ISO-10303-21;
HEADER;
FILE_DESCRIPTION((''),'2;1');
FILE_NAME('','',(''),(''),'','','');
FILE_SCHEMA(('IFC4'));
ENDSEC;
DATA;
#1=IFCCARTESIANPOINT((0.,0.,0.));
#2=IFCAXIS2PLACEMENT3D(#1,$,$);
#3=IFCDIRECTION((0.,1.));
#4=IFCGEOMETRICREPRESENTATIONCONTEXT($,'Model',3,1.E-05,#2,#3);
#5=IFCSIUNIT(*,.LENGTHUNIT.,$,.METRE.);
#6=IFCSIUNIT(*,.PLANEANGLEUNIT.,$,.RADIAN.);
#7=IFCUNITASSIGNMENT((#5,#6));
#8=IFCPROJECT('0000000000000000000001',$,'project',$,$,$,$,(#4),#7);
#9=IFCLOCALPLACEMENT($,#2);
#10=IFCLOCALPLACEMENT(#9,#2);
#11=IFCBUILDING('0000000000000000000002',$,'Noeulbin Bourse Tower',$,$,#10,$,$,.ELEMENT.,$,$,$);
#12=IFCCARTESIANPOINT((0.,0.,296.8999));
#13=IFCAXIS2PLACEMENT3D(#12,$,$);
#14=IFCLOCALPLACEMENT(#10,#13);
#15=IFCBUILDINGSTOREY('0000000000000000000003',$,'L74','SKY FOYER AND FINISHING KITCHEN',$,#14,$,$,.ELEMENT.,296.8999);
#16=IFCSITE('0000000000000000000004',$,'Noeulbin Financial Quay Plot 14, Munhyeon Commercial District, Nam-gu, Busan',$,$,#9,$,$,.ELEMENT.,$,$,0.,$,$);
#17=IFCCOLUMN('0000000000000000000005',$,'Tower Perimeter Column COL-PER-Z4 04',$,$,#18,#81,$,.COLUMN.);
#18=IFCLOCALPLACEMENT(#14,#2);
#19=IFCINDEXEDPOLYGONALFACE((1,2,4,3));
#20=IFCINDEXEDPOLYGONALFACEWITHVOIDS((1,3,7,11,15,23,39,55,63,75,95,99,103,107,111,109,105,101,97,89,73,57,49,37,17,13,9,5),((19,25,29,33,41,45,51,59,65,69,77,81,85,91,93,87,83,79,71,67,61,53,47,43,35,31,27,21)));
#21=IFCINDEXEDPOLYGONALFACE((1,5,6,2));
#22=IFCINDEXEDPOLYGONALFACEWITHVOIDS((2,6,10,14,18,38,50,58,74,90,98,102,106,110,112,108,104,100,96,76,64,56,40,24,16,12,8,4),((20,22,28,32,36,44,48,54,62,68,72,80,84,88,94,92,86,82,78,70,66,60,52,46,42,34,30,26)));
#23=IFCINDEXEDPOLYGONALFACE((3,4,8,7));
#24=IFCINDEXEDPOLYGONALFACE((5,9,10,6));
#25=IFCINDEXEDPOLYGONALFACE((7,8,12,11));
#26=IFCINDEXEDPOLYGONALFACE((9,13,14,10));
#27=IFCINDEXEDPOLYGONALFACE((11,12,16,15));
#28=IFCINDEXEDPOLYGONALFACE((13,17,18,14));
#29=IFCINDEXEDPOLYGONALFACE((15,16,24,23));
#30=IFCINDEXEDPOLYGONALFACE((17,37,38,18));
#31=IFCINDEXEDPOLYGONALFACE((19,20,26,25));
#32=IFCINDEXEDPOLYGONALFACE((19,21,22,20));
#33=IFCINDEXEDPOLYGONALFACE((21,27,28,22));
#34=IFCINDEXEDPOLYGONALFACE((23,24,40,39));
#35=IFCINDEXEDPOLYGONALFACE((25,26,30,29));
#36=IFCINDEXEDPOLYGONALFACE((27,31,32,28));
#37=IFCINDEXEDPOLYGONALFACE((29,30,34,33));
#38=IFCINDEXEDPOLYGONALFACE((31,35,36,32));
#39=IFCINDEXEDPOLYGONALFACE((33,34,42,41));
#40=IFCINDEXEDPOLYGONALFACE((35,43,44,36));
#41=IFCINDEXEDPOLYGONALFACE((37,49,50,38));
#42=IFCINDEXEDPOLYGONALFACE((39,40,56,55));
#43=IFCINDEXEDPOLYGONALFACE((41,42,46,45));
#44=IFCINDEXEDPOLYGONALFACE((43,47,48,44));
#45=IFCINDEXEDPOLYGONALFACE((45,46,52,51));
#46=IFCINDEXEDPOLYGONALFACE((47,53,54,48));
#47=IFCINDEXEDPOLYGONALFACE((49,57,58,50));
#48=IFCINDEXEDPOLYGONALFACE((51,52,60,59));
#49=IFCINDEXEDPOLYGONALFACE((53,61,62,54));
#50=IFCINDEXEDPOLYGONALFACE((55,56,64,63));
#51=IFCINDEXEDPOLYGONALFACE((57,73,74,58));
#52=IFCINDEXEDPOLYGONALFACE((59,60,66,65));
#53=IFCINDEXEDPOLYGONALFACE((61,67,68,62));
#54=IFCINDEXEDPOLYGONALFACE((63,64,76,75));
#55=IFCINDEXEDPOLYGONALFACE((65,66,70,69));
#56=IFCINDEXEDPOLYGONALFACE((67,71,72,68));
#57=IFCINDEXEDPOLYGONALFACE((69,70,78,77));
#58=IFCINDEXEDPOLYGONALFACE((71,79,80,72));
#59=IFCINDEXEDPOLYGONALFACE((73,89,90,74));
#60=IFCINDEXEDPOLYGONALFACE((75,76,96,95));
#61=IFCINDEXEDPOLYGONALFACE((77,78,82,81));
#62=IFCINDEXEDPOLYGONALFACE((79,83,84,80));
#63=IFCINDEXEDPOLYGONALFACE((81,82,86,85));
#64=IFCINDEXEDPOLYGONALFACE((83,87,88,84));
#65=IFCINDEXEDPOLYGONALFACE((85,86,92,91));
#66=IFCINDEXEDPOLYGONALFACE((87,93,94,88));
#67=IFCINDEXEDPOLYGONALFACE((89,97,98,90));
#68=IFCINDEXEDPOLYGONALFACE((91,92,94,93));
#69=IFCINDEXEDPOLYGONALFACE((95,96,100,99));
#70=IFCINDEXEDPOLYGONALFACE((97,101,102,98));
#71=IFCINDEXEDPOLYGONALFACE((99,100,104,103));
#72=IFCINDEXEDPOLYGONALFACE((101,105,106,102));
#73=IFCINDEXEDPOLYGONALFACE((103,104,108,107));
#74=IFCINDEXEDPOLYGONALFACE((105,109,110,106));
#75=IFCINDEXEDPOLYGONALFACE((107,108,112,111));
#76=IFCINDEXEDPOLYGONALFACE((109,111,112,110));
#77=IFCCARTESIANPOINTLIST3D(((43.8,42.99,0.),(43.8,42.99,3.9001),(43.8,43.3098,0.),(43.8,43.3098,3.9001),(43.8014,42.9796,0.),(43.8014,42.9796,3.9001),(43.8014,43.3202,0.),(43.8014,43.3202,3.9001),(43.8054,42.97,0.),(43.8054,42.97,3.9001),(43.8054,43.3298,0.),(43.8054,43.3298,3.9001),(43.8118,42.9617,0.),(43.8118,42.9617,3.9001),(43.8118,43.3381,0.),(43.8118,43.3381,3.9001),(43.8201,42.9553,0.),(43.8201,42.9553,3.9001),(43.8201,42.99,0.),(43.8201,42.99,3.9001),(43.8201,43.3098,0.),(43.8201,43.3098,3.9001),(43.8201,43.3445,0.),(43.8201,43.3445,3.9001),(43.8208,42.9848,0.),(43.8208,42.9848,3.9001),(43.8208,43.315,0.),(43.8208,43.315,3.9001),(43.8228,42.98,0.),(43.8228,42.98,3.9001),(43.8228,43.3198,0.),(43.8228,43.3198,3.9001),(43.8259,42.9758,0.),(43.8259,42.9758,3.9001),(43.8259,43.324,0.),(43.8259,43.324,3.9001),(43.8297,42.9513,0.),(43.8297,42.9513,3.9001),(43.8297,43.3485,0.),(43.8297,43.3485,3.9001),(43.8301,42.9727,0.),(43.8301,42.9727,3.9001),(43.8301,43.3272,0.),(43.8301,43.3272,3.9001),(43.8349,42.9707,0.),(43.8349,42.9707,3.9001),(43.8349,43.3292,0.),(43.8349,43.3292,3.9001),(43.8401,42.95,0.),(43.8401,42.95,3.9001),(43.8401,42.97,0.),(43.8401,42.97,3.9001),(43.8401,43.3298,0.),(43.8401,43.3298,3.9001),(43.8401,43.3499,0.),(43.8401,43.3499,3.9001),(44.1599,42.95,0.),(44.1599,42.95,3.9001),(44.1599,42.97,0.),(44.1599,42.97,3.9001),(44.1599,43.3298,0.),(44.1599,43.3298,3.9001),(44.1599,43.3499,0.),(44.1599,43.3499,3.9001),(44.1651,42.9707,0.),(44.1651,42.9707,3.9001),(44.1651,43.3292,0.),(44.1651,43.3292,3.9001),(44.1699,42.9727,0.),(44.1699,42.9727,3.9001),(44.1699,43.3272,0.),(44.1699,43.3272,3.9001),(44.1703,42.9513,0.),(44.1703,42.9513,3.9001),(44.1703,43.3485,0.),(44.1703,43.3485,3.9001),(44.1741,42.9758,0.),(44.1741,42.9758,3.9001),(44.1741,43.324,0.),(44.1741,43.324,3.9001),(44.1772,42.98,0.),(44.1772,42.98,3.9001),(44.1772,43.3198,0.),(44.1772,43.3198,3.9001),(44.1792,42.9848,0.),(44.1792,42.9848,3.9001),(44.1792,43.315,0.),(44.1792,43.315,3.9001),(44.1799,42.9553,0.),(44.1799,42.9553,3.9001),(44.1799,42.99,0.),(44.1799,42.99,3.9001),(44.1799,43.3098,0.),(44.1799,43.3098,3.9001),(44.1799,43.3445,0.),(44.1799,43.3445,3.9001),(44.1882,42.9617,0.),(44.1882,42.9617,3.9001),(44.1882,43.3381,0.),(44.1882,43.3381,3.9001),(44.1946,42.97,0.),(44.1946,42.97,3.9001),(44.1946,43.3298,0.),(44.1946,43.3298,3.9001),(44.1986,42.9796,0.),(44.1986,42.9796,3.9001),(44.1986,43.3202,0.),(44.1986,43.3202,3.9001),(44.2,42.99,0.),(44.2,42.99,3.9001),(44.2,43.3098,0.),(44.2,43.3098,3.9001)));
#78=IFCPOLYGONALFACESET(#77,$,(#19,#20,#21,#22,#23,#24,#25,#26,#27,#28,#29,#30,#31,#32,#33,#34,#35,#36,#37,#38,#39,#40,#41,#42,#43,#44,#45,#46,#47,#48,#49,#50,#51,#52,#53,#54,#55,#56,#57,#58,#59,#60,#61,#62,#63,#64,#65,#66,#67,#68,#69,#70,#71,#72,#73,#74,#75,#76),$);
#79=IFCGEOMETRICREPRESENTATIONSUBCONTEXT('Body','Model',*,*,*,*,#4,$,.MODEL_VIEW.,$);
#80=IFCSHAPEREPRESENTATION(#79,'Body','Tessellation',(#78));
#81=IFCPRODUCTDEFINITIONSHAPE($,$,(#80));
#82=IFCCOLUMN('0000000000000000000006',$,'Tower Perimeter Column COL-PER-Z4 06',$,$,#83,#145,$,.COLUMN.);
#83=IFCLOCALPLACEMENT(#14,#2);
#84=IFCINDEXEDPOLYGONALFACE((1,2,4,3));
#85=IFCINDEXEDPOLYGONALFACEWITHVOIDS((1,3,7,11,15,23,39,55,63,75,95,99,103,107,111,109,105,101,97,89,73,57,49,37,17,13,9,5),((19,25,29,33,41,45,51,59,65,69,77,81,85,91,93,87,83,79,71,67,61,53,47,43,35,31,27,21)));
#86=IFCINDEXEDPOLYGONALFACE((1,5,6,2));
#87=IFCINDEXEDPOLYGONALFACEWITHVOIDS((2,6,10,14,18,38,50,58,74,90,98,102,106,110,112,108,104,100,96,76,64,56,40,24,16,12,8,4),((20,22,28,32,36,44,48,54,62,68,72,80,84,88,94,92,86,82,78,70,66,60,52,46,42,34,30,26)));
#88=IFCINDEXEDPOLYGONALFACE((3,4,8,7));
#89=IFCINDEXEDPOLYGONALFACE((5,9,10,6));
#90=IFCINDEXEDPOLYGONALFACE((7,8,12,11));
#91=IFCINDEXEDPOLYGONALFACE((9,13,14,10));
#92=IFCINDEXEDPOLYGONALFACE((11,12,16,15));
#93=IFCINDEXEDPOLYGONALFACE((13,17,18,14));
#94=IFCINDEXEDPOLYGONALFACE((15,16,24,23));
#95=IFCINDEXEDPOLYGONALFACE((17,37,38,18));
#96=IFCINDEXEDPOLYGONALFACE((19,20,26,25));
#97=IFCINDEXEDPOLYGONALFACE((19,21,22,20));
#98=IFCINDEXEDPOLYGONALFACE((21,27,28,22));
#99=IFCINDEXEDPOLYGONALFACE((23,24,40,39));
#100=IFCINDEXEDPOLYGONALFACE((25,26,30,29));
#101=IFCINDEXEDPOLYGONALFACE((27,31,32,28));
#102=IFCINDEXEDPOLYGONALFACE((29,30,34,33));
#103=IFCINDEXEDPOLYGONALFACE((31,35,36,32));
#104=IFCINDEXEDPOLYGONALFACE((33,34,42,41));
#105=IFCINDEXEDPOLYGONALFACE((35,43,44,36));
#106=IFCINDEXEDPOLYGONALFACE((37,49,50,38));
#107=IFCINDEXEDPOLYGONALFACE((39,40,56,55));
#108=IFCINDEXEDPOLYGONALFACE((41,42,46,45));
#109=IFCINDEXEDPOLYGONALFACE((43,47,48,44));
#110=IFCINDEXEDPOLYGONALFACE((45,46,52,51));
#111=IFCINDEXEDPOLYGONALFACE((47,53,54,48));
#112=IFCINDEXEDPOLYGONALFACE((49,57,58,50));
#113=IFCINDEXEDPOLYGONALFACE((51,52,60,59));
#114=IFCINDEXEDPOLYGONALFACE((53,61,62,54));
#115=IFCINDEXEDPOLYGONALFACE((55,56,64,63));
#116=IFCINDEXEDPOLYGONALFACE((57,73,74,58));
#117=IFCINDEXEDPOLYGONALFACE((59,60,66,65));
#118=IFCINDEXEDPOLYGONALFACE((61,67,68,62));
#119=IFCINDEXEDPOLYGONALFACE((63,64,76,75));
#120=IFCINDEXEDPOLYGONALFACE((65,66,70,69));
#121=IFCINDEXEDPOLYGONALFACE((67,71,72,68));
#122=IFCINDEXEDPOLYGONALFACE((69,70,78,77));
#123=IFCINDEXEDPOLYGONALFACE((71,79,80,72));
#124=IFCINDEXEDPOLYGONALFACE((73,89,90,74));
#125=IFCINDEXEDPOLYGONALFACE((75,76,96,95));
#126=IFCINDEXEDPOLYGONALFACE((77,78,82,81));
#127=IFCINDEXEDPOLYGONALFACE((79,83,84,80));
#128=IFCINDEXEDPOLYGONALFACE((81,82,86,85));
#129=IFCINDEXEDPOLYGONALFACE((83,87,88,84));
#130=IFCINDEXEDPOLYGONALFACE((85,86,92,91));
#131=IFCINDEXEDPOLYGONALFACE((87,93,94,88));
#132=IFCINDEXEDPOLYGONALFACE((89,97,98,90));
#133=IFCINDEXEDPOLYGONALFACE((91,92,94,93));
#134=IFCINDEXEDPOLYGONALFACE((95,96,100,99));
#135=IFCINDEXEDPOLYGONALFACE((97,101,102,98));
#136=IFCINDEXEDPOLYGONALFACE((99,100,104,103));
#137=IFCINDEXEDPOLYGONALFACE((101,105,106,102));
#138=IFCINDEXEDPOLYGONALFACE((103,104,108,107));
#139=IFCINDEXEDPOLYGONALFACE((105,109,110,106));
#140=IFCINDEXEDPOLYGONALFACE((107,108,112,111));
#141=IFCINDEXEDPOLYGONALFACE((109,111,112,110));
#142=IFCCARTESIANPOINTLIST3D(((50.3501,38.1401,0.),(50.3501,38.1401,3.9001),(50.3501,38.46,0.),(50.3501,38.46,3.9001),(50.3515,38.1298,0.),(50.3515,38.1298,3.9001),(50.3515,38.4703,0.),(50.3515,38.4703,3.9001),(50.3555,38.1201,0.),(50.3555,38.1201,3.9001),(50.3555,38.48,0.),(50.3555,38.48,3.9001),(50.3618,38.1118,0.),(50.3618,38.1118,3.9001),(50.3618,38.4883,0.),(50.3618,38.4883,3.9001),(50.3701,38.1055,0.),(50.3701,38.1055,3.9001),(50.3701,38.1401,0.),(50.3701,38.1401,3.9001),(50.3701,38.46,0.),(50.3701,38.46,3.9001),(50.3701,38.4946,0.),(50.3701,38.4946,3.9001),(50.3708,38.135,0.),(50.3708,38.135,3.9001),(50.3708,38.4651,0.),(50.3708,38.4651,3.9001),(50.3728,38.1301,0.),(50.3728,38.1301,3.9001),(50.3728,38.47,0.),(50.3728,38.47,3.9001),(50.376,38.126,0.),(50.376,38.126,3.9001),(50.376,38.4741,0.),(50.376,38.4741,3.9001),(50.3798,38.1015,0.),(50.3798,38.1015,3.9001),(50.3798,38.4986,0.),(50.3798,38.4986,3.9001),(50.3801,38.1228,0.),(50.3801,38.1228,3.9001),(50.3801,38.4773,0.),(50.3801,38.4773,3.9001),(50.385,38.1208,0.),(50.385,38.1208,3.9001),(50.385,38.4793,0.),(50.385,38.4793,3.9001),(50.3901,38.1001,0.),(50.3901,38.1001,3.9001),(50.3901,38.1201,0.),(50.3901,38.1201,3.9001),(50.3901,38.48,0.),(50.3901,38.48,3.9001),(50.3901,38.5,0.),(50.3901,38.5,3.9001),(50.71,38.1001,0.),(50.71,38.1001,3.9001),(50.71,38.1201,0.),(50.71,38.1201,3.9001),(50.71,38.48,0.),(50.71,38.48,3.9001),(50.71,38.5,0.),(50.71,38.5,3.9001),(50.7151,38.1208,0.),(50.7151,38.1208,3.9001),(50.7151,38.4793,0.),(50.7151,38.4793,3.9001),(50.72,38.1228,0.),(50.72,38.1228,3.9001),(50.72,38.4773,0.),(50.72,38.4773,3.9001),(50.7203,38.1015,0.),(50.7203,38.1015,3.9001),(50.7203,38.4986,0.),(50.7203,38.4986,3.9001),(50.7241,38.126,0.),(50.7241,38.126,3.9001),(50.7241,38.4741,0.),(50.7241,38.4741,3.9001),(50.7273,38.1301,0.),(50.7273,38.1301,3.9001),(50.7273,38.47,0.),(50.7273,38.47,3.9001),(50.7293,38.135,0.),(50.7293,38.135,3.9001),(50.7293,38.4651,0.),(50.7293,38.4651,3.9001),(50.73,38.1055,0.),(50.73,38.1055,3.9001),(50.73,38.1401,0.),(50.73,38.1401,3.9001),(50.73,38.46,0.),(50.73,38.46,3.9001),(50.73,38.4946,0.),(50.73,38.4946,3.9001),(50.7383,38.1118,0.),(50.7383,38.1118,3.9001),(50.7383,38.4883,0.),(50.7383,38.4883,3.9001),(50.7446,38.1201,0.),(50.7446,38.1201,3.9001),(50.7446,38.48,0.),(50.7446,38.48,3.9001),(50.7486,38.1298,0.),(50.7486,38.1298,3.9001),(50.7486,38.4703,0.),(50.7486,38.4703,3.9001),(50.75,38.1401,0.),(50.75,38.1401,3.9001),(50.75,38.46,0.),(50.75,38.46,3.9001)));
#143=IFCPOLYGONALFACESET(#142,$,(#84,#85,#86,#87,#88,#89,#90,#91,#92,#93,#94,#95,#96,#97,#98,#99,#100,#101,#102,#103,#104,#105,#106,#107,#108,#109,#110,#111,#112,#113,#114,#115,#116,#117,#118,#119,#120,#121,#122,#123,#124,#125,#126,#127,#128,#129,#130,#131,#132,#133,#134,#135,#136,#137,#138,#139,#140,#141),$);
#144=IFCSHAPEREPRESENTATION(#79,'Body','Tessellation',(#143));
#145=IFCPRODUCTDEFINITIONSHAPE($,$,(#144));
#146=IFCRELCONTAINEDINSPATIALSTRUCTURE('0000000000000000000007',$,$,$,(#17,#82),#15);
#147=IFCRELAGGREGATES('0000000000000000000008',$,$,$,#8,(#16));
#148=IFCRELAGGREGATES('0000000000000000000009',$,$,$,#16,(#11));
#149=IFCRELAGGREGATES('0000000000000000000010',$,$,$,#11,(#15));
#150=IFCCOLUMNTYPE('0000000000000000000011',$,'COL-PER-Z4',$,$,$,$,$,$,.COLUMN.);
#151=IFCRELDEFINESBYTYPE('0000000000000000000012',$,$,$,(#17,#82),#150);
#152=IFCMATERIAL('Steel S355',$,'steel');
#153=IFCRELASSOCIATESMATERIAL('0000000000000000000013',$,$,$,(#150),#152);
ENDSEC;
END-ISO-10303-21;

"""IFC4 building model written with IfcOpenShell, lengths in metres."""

from ifc_helpers import new_model, si_unit, direction, frame, origin, origin_2d, place, context, subcontext, project, spatial, hollow_rectangle, extrude, material, material_profile, profile_set, type_object, element, save


model = new_model("IFC4")

# Units and contexts
model_context = context("Model", 3, precision=1e-05, world=origin(), true_north=direction((0.0, 1.0)))
body_context = subcontext(model_context, "Body", "Model", "MODEL_VIEW")
ifc_project = project(units=[si_unit("LENGTHUNIT", "METRE"), si_unit("PLANEANGLEUNIT", "RADIAN")], contexts=[model_context])

# Site, building, storey
site_placement = place(None, origin())
site = spatial("IfcSite", under=ifc_project, at=site_placement, Name="Noeulbin Financial Quay Plot 14, Munhyeon Commercial District, Nam-gu, Busan", CompositionType="ELEMENT", RefElevation=0.0)
building_placement = place(site_placement, origin())
building = spatial("IfcBuilding", under=site, at=building_placement, Name="Noeulbin Bourse Tower", CompositionType="ELEMENT")
storey_placement = place(building_placement, frame((0.0, 0.0, 296.8999)))
storey = spatial("IfcBuildingStorey", under=building, at=storey_placement, Name="L74", Description="SKY FOYER AND FINISHING KITCHEN", CompositionType="ELEMENT", Elevation=296.8999)

# Columns
ifc_material_1 = material(Name="Steel S355", Category="steel")
ifc_material_profile_1 = material_profile(ifc_material_1, hollow_rectangle(XDim=0.3999, YDim=0.3999, WallThickness=0.02, InnerFilletRadius=0.02, OuterFilletRadius=0.04, at=origin_2d()), Name="SHS-400x400x20", Category="LoadBearing")
ifc_profile_set_1 = profile_set([ifc_material_profile_1], Name="Steel S355")
column_type_1 = type_object("IfcColumnType", Name="COL-PER-Z4", PredefinedType="COLUMN", material=ifc_profile_set_1)
for number, where, z_axis, x_axis, name in (
    (1, (44.0, 43.1499, 0.0), (0.0, 0.0, 1.0), (1.0, 0.0, 0.0), "Tower Perimeter Column COL-PER-Z4 04"),
    (2, (50.55, 38.3, 0.0), (0.0, 0.0, 1.0), (1.0, 0.0, 0.0), "Tower Perimeter Column COL-PER-Z4 06"),
):
    element("IfcColumn", number, at=place(storey_placement, frame(where, z_axis=z_axis, x_axis=x_axis)), inside=storey, type_object=column_type_1, Name=name, PredefinedType="COLUMN", context=body_context, shape_type="SweptSolid", body=[
        extrude(hollow_rectangle(XDim=0.3999, YDim=0.3999, WallThickness=0.02, InnerFilletRadius=0.02, OuterFilletRadius=0.04, at=origin_2d()), origin(), (0.0, 0.0, 1.0), 3.9001),
    ])

save(model, "model.ifc")
